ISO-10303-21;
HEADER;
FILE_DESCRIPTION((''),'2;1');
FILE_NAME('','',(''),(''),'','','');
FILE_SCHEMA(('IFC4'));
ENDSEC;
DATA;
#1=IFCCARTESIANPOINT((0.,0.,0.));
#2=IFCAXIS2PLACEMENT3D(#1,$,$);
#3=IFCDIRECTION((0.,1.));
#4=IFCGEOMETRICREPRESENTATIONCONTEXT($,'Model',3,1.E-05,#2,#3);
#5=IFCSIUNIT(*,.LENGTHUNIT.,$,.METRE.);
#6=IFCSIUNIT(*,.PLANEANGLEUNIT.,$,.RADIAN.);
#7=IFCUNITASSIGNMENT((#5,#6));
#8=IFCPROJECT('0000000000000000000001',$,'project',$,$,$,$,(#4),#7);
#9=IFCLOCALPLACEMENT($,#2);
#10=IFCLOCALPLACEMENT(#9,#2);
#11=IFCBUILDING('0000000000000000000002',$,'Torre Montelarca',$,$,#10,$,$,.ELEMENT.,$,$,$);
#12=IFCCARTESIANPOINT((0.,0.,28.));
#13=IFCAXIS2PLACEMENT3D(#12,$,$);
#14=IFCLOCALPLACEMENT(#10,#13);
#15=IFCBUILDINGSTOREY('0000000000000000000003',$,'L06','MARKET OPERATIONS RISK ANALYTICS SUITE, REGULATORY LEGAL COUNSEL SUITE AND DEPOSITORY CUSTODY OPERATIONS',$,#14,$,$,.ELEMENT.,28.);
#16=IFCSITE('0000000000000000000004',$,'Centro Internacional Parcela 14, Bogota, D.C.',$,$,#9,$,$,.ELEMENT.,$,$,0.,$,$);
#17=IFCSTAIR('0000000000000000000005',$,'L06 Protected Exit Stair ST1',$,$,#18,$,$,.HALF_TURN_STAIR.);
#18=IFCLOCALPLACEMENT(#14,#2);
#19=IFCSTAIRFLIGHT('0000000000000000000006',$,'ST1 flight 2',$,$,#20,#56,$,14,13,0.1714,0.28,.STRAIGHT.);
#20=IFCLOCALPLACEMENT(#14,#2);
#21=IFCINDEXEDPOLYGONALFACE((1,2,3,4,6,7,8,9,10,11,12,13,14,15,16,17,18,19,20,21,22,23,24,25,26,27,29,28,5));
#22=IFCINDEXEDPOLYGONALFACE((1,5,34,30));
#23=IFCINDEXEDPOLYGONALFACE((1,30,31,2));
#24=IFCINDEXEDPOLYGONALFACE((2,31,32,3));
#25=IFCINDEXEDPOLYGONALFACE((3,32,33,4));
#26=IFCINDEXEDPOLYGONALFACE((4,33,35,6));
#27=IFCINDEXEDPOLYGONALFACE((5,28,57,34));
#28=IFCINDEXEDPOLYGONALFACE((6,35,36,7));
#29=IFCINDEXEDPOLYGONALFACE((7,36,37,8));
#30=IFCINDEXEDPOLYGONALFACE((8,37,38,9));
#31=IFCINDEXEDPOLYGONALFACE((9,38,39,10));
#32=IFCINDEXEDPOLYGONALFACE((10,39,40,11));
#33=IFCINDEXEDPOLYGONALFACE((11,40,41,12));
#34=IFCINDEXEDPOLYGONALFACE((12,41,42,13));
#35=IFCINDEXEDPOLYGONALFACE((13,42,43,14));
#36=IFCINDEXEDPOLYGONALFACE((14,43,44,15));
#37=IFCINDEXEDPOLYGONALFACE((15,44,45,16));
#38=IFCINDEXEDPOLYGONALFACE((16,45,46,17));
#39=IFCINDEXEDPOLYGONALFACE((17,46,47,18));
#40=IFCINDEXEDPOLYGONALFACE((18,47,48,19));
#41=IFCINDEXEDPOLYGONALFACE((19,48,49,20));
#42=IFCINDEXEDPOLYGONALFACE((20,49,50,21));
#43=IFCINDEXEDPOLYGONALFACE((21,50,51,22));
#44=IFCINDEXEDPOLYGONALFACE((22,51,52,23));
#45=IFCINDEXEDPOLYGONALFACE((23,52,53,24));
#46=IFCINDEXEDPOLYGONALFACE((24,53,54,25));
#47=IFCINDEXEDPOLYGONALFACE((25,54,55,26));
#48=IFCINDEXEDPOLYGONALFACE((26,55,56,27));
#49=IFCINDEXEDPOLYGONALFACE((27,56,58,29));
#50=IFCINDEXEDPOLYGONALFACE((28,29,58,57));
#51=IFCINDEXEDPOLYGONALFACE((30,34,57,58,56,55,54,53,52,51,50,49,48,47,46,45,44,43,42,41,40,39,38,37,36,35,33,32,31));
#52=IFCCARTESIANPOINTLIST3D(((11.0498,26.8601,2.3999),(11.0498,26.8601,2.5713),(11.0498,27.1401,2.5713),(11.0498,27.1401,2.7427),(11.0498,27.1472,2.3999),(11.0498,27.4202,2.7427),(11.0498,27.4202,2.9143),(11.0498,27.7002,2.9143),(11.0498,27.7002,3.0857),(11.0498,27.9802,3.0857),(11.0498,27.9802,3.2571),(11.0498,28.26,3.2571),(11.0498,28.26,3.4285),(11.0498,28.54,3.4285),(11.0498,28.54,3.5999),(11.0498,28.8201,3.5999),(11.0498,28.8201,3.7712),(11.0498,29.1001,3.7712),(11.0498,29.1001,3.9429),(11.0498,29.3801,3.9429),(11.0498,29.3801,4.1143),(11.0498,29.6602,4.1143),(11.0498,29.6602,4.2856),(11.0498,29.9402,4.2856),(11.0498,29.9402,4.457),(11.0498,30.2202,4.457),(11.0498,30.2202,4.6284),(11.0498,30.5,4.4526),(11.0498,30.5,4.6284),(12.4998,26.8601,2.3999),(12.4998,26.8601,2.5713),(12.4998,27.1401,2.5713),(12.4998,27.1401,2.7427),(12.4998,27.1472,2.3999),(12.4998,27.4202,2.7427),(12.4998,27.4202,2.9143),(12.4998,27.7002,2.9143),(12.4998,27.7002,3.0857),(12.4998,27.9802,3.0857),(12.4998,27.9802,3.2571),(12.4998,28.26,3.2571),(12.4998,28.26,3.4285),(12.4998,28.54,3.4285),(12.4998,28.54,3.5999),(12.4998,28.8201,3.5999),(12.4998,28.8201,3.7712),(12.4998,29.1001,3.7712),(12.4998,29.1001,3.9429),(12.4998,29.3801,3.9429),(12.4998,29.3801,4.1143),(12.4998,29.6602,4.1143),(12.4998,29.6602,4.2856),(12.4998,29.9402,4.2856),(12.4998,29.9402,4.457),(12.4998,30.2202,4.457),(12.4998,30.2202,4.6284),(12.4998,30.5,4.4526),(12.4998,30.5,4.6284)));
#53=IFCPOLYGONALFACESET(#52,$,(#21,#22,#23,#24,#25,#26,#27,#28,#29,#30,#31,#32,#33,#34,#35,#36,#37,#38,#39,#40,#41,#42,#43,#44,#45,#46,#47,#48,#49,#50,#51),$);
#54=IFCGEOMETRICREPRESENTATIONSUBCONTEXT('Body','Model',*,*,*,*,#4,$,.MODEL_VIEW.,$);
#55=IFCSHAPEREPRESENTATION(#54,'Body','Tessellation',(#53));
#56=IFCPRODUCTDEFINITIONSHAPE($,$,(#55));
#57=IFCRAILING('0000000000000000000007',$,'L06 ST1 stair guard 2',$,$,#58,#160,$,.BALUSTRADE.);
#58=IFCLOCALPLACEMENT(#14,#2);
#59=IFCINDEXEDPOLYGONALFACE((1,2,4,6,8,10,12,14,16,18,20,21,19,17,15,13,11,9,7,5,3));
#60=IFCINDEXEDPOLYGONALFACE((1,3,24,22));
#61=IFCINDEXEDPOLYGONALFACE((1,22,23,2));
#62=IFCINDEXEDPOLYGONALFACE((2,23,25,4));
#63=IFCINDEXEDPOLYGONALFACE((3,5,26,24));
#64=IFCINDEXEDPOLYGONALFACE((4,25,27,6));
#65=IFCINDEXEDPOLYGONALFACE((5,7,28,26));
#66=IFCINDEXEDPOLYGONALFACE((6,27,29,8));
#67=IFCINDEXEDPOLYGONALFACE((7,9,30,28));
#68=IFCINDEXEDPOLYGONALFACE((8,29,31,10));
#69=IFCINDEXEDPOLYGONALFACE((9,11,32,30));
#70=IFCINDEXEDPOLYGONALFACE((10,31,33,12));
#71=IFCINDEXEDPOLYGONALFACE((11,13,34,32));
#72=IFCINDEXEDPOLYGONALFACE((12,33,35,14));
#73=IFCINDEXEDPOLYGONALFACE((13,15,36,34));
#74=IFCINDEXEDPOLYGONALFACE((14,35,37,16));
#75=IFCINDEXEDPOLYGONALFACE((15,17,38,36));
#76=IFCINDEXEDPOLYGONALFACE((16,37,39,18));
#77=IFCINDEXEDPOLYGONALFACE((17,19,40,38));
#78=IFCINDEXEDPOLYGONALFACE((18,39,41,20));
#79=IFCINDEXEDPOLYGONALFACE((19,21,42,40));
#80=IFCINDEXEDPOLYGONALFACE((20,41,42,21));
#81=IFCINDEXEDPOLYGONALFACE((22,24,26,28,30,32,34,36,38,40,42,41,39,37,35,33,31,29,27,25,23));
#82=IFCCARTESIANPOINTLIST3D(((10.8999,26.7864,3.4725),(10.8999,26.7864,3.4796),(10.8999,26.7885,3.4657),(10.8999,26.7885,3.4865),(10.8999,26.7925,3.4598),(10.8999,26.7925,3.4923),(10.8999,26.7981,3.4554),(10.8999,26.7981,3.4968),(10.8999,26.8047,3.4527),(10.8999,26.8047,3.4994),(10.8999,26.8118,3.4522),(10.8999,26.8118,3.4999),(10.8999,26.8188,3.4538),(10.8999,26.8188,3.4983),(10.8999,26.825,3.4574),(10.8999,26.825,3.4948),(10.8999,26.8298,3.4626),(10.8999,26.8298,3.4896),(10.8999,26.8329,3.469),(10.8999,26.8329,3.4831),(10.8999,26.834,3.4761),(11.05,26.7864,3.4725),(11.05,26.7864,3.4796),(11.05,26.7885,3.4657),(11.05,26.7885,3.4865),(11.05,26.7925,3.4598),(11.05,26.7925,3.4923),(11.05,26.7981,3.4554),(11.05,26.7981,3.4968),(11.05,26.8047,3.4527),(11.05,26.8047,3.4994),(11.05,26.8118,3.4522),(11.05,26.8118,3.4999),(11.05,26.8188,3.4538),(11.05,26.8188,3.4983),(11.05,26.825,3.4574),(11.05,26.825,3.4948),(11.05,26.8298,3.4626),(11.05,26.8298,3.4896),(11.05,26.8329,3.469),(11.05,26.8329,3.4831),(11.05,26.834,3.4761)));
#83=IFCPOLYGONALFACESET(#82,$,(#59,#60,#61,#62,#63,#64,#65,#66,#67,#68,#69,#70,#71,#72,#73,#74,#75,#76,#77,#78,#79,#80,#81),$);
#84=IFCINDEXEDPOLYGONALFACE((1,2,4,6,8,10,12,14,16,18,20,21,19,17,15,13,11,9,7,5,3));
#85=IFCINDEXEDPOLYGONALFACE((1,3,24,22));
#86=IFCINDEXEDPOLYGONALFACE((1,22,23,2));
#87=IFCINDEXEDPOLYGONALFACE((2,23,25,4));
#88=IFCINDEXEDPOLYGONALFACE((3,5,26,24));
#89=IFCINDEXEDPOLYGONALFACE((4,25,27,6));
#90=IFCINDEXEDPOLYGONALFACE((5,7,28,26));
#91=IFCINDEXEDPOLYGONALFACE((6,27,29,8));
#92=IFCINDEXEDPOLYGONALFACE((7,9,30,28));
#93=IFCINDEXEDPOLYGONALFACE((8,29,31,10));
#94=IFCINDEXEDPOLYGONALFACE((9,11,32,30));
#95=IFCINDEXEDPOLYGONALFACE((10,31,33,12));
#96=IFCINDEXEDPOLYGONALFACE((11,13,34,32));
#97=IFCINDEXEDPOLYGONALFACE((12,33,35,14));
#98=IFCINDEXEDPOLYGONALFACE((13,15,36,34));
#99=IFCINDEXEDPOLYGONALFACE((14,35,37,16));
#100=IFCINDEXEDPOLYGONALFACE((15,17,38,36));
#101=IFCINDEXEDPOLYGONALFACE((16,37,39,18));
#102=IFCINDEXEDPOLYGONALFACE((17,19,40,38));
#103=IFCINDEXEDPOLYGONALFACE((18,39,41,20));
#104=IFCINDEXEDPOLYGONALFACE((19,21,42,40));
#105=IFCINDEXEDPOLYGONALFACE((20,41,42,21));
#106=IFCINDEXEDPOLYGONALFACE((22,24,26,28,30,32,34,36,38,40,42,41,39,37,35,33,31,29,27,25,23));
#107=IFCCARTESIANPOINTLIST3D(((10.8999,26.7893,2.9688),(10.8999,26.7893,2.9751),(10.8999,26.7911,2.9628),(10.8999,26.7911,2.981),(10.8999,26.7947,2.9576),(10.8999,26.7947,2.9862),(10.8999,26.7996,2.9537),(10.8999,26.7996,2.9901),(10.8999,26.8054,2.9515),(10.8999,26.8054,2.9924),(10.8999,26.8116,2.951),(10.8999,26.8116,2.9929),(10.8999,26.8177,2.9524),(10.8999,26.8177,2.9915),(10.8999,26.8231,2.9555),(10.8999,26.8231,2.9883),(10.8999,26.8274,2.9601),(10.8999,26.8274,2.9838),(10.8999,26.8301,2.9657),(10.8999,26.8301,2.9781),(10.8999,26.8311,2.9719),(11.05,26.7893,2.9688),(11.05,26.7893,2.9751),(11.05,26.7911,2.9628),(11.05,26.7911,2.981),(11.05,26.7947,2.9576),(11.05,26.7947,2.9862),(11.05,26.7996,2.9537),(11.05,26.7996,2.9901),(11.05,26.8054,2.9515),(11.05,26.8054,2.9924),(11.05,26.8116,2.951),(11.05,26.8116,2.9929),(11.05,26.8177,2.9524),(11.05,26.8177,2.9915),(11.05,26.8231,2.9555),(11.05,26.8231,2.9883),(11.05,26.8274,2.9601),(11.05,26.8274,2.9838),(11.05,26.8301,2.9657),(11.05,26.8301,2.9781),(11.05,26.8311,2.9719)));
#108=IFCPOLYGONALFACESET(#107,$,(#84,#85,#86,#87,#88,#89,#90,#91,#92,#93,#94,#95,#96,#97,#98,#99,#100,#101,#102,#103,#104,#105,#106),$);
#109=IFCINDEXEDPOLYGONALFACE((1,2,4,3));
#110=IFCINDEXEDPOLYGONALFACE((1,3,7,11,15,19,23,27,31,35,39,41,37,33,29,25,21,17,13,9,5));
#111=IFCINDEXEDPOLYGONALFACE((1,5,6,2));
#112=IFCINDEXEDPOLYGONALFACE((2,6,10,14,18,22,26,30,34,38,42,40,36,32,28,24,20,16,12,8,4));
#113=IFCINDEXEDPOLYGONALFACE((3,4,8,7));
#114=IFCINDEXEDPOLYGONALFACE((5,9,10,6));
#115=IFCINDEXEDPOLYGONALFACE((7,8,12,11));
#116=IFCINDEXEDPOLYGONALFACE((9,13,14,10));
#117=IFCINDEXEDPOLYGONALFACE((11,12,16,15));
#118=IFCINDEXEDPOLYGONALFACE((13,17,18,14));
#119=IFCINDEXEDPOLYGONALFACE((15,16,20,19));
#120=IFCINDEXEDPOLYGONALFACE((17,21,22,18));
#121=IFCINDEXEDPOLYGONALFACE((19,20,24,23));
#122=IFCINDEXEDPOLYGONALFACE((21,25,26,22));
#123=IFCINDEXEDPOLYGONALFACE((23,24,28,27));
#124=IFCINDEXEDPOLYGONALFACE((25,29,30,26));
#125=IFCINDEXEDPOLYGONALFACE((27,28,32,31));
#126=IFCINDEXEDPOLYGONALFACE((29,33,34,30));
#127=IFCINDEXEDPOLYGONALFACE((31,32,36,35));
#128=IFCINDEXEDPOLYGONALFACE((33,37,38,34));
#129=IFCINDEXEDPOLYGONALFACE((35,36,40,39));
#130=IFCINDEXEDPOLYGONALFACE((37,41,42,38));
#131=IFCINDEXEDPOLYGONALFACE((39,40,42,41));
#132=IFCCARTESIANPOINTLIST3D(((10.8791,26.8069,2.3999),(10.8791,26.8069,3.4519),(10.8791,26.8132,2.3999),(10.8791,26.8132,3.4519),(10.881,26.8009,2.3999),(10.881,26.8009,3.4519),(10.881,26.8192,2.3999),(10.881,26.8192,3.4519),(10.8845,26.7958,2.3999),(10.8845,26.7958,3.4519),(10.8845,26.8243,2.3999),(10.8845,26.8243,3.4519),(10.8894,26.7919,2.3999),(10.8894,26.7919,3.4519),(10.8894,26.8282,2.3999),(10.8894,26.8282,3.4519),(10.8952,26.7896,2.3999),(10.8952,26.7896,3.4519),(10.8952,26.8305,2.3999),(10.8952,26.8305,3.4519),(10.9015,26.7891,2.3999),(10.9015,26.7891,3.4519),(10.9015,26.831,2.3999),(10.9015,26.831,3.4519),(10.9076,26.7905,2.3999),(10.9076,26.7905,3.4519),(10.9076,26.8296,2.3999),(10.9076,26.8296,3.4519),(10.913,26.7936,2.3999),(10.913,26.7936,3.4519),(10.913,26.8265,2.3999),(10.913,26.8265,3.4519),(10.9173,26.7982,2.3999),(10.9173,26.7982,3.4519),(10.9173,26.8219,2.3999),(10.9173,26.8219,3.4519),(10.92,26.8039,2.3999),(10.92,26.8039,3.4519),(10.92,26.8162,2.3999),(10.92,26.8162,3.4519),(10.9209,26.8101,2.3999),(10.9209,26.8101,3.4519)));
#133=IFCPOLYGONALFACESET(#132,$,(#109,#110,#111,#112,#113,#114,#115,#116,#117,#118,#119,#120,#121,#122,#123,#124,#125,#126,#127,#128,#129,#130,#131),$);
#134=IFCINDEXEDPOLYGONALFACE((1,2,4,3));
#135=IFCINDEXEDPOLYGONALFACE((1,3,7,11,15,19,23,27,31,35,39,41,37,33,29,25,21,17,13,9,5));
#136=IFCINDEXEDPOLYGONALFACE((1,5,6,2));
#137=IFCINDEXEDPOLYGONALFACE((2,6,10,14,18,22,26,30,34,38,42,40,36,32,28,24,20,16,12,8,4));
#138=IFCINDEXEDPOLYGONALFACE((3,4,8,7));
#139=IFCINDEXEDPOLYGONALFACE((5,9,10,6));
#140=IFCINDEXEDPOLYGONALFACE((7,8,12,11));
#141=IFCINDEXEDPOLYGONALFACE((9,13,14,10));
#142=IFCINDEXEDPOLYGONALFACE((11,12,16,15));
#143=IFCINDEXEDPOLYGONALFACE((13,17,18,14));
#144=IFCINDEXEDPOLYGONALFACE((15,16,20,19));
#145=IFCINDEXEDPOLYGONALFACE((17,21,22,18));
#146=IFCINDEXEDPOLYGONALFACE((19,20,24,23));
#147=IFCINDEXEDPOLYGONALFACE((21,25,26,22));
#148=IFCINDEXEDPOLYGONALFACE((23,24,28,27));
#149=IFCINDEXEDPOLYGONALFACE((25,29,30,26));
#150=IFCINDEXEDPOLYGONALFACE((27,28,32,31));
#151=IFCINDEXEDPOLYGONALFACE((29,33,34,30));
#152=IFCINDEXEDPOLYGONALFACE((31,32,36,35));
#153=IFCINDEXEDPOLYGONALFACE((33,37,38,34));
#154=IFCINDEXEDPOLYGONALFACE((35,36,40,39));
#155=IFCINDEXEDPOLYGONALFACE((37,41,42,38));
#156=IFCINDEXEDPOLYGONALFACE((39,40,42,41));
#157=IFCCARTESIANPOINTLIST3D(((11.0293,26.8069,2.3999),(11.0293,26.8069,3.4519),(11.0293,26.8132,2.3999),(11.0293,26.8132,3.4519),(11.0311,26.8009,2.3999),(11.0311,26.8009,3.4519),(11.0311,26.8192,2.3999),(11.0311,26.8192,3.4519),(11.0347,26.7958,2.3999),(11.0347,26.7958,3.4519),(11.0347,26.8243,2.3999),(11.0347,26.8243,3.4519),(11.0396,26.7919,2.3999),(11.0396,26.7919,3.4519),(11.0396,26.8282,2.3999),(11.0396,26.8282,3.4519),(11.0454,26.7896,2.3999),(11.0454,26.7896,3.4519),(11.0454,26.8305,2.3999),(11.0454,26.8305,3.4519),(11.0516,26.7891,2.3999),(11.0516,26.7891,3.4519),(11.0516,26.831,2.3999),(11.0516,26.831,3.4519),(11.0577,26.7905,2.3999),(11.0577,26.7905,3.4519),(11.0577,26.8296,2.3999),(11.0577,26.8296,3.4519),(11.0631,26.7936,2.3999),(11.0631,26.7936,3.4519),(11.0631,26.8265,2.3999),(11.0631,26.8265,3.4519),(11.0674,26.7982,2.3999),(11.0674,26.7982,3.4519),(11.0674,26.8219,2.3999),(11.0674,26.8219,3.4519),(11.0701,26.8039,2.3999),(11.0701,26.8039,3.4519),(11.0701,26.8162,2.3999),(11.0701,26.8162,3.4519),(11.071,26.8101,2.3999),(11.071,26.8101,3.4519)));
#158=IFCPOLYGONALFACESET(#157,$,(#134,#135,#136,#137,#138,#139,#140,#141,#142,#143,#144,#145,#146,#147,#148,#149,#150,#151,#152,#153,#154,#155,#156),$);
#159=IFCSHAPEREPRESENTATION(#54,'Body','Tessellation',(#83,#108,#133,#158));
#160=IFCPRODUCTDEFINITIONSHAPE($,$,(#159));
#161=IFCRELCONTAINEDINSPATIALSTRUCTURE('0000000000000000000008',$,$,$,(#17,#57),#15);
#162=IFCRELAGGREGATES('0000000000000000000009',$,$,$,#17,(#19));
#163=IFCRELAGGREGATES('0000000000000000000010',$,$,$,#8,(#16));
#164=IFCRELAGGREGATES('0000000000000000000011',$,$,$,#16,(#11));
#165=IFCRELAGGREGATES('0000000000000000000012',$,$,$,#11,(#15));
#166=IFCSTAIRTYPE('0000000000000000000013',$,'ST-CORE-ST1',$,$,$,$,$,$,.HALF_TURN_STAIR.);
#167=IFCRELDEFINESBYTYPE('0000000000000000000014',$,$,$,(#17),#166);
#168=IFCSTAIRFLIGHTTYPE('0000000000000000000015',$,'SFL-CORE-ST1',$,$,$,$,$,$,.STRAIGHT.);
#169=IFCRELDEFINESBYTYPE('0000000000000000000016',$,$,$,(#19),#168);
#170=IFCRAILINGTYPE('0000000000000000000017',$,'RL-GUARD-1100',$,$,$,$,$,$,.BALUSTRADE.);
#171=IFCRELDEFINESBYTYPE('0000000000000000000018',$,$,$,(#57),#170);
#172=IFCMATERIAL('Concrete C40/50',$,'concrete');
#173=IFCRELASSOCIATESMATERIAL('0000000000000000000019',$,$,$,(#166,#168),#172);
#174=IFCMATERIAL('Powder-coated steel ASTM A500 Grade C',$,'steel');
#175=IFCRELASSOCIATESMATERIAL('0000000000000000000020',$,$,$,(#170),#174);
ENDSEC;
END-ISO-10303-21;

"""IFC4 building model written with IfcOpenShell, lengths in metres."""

from ifc_helpers import new_model, si_unit, direction, frame, origin, origin_2d, place, context, subcontext, project, spatial, polyline, circle, outline, extrude, material, type_object, element, aggregate, save


model = new_model("IFC4")

# Units and contexts
model_context = context("Model", 3, precision=1e-05, world=origin(), true_north=direction((0.0, 1.0)))
body_context = subcontext(model_context, "Body", "Model", "MODEL_VIEW")
ifc_project = project(units=[si_unit("LENGTHUNIT", "METRE"), si_unit("PLANEANGLEUNIT", "RADIAN")], contexts=[model_context])

# Site, building, storey
site_placement = place(None, origin())
site = spatial("IfcSite", under=ifc_project, at=site_placement, Name="Centro Internacional Parcela 14, Bogota, D.C.", CompositionType="ELEMENT", RefElevation=0.0)
building_placement = place(site_placement, origin())
building = spatial("IfcBuilding", under=site, at=building_placement, Name="Torre Montelarca", CompositionType="ELEMENT")
storey_placement = place(building_placement, frame((0.0, 0.0, 28.0)))
storey = spatial("IfcBuildingStorey", under=building, at=storey_placement, Name="L06", Description="MARKET OPERATIONS RISK ANALYTICS SUITE, REGULATORY LEGAL COUNSEL SUITE AND DEPOSITORY CUSTODY OPERATIONS", CompositionType="ELEMENT", Elevation=28.0)

# Shared definitions
ifc_material_1 = material(Name="Concrete C40/50", Category="concrete")

# Stair, stair flight
stair_type = type_object("IfcStairType", Name="ST-CORE-ST1", PredefinedType="HALF_TURN_STAIR", material=ifc_material_1)
stair_placement = place(storey_placement, origin())
stair = element("IfcStair", 1, at=stair_placement, inside=storey, type_object=stair_type, Name="L06 Protected Exit Stair ST1", PredefinedType="HALF_TURN_STAIR")
stair_flight_type = type_object("IfcStairFlightType", Name="SFL-CORE-ST1", PredefinedType="STRAIGHT", material=ifc_material_1)
stair_flight_placement = place(storey_placement, frame((11.7749, 26.8601, 2.3999), z_axis=(0.0, 0.0, 1.0), x_axis=(0.0, 1.0, 0.0)))
stair_flight = element("IfcStairFlight", 2, at=stair_flight_placement, type_object=stair_flight_type, Name="ST1 flight 2", NumberOfRisers=14, NumberOfTreads=13, PredefinedType="STRAIGHT", RiserHeight=0.1714, TreadLength=0.28, context=body_context, shape_type="SweptSolid", body=[
    extrude(outline(polyline([(0.0, 0.0), (0.0, 0.1714), (0.28, 0.1714), (0.28, 0.3428), (0.5601, 0.3428), (0.5601, 0.5144), (0.8401, 0.5144), (0.8401, 0.6858), (1.1201, 0.6858), (1.1201, 0.8572), (1.3999, 0.8572), (1.3999, 1.0286), (1.6799, 1.0286), (1.6799, 1.2), (1.96, 1.2), (1.96, 1.3713), (2.24, 1.3713), (2.24, 1.543), (2.52, 1.543), (2.52, 1.7144), (2.8, 1.7144), (2.8, 1.8857), (3.0801, 1.8857), (3.0801, 2.0571), (3.3601, 2.0571), (3.3601, 2.2285), (3.6399, 2.2285), (3.6399, 2.3999), (3.6399, 2.0527), (0.2871, 0.0), (0.0, 0.0)])), frame((0.0, 0.7251, 0.0), z_axis=(0.0, -1.0, 0.0), x_axis=(1.0, 0.0, 0.0)), (0.0, 0.0, 1.0), 1.45),
])
aggregate(stair, [stair_flight])

# Railing
ifc_material_2 = material(Name="Powder-coated steel ASTM A500 Grade C", Category="steel")
railing_type_1 = type_object("IfcRailingType", Name="RL-GUARD-1100", PredefinedType="BALUSTRADE", material=ifc_material_2)
railing_1_placement = place(storey_placement, frame((10.8999, 26.8101, 2.3999)))
element("IfcRailing", 3, at=railing_1_placement, inside=storey, type_object=railing_type_1, Name="L06 ST1 stair guard 2", PredefinedType="BALUSTRADE", context=body_context, shape_type="SweptSolid", body=[
    extrude(circle(Radius=0.0239, at=origin_2d()), frame((0.0, 0.0, 1.0762), z_axis=(1.0, 0.0, 0.0), x_axis=(0.0, 1.0, 0.0)), (0.0, 0.0, 1.0), 0.1501),
    extrude(circle(Radius=0.021, at=origin_2d()), frame((0.0, 0.0, 0.572), z_axis=(1.0, 0.0, 0.0), x_axis=(0.0, 1.0, 0.0)), (0.0, 0.0, 1.0), 0.1501),
    extrude(circle(Radius=0.021, at=origin_2d()), origin(), (0.0, 0.0, 1.0), 1.052),
    extrude(circle(Radius=0.021, at=origin_2d()), frame((0.1501, 0.0, 0.0)), (0.0, 0.0, 1.0), 1.052),
])

save(model, "model.ifc")
